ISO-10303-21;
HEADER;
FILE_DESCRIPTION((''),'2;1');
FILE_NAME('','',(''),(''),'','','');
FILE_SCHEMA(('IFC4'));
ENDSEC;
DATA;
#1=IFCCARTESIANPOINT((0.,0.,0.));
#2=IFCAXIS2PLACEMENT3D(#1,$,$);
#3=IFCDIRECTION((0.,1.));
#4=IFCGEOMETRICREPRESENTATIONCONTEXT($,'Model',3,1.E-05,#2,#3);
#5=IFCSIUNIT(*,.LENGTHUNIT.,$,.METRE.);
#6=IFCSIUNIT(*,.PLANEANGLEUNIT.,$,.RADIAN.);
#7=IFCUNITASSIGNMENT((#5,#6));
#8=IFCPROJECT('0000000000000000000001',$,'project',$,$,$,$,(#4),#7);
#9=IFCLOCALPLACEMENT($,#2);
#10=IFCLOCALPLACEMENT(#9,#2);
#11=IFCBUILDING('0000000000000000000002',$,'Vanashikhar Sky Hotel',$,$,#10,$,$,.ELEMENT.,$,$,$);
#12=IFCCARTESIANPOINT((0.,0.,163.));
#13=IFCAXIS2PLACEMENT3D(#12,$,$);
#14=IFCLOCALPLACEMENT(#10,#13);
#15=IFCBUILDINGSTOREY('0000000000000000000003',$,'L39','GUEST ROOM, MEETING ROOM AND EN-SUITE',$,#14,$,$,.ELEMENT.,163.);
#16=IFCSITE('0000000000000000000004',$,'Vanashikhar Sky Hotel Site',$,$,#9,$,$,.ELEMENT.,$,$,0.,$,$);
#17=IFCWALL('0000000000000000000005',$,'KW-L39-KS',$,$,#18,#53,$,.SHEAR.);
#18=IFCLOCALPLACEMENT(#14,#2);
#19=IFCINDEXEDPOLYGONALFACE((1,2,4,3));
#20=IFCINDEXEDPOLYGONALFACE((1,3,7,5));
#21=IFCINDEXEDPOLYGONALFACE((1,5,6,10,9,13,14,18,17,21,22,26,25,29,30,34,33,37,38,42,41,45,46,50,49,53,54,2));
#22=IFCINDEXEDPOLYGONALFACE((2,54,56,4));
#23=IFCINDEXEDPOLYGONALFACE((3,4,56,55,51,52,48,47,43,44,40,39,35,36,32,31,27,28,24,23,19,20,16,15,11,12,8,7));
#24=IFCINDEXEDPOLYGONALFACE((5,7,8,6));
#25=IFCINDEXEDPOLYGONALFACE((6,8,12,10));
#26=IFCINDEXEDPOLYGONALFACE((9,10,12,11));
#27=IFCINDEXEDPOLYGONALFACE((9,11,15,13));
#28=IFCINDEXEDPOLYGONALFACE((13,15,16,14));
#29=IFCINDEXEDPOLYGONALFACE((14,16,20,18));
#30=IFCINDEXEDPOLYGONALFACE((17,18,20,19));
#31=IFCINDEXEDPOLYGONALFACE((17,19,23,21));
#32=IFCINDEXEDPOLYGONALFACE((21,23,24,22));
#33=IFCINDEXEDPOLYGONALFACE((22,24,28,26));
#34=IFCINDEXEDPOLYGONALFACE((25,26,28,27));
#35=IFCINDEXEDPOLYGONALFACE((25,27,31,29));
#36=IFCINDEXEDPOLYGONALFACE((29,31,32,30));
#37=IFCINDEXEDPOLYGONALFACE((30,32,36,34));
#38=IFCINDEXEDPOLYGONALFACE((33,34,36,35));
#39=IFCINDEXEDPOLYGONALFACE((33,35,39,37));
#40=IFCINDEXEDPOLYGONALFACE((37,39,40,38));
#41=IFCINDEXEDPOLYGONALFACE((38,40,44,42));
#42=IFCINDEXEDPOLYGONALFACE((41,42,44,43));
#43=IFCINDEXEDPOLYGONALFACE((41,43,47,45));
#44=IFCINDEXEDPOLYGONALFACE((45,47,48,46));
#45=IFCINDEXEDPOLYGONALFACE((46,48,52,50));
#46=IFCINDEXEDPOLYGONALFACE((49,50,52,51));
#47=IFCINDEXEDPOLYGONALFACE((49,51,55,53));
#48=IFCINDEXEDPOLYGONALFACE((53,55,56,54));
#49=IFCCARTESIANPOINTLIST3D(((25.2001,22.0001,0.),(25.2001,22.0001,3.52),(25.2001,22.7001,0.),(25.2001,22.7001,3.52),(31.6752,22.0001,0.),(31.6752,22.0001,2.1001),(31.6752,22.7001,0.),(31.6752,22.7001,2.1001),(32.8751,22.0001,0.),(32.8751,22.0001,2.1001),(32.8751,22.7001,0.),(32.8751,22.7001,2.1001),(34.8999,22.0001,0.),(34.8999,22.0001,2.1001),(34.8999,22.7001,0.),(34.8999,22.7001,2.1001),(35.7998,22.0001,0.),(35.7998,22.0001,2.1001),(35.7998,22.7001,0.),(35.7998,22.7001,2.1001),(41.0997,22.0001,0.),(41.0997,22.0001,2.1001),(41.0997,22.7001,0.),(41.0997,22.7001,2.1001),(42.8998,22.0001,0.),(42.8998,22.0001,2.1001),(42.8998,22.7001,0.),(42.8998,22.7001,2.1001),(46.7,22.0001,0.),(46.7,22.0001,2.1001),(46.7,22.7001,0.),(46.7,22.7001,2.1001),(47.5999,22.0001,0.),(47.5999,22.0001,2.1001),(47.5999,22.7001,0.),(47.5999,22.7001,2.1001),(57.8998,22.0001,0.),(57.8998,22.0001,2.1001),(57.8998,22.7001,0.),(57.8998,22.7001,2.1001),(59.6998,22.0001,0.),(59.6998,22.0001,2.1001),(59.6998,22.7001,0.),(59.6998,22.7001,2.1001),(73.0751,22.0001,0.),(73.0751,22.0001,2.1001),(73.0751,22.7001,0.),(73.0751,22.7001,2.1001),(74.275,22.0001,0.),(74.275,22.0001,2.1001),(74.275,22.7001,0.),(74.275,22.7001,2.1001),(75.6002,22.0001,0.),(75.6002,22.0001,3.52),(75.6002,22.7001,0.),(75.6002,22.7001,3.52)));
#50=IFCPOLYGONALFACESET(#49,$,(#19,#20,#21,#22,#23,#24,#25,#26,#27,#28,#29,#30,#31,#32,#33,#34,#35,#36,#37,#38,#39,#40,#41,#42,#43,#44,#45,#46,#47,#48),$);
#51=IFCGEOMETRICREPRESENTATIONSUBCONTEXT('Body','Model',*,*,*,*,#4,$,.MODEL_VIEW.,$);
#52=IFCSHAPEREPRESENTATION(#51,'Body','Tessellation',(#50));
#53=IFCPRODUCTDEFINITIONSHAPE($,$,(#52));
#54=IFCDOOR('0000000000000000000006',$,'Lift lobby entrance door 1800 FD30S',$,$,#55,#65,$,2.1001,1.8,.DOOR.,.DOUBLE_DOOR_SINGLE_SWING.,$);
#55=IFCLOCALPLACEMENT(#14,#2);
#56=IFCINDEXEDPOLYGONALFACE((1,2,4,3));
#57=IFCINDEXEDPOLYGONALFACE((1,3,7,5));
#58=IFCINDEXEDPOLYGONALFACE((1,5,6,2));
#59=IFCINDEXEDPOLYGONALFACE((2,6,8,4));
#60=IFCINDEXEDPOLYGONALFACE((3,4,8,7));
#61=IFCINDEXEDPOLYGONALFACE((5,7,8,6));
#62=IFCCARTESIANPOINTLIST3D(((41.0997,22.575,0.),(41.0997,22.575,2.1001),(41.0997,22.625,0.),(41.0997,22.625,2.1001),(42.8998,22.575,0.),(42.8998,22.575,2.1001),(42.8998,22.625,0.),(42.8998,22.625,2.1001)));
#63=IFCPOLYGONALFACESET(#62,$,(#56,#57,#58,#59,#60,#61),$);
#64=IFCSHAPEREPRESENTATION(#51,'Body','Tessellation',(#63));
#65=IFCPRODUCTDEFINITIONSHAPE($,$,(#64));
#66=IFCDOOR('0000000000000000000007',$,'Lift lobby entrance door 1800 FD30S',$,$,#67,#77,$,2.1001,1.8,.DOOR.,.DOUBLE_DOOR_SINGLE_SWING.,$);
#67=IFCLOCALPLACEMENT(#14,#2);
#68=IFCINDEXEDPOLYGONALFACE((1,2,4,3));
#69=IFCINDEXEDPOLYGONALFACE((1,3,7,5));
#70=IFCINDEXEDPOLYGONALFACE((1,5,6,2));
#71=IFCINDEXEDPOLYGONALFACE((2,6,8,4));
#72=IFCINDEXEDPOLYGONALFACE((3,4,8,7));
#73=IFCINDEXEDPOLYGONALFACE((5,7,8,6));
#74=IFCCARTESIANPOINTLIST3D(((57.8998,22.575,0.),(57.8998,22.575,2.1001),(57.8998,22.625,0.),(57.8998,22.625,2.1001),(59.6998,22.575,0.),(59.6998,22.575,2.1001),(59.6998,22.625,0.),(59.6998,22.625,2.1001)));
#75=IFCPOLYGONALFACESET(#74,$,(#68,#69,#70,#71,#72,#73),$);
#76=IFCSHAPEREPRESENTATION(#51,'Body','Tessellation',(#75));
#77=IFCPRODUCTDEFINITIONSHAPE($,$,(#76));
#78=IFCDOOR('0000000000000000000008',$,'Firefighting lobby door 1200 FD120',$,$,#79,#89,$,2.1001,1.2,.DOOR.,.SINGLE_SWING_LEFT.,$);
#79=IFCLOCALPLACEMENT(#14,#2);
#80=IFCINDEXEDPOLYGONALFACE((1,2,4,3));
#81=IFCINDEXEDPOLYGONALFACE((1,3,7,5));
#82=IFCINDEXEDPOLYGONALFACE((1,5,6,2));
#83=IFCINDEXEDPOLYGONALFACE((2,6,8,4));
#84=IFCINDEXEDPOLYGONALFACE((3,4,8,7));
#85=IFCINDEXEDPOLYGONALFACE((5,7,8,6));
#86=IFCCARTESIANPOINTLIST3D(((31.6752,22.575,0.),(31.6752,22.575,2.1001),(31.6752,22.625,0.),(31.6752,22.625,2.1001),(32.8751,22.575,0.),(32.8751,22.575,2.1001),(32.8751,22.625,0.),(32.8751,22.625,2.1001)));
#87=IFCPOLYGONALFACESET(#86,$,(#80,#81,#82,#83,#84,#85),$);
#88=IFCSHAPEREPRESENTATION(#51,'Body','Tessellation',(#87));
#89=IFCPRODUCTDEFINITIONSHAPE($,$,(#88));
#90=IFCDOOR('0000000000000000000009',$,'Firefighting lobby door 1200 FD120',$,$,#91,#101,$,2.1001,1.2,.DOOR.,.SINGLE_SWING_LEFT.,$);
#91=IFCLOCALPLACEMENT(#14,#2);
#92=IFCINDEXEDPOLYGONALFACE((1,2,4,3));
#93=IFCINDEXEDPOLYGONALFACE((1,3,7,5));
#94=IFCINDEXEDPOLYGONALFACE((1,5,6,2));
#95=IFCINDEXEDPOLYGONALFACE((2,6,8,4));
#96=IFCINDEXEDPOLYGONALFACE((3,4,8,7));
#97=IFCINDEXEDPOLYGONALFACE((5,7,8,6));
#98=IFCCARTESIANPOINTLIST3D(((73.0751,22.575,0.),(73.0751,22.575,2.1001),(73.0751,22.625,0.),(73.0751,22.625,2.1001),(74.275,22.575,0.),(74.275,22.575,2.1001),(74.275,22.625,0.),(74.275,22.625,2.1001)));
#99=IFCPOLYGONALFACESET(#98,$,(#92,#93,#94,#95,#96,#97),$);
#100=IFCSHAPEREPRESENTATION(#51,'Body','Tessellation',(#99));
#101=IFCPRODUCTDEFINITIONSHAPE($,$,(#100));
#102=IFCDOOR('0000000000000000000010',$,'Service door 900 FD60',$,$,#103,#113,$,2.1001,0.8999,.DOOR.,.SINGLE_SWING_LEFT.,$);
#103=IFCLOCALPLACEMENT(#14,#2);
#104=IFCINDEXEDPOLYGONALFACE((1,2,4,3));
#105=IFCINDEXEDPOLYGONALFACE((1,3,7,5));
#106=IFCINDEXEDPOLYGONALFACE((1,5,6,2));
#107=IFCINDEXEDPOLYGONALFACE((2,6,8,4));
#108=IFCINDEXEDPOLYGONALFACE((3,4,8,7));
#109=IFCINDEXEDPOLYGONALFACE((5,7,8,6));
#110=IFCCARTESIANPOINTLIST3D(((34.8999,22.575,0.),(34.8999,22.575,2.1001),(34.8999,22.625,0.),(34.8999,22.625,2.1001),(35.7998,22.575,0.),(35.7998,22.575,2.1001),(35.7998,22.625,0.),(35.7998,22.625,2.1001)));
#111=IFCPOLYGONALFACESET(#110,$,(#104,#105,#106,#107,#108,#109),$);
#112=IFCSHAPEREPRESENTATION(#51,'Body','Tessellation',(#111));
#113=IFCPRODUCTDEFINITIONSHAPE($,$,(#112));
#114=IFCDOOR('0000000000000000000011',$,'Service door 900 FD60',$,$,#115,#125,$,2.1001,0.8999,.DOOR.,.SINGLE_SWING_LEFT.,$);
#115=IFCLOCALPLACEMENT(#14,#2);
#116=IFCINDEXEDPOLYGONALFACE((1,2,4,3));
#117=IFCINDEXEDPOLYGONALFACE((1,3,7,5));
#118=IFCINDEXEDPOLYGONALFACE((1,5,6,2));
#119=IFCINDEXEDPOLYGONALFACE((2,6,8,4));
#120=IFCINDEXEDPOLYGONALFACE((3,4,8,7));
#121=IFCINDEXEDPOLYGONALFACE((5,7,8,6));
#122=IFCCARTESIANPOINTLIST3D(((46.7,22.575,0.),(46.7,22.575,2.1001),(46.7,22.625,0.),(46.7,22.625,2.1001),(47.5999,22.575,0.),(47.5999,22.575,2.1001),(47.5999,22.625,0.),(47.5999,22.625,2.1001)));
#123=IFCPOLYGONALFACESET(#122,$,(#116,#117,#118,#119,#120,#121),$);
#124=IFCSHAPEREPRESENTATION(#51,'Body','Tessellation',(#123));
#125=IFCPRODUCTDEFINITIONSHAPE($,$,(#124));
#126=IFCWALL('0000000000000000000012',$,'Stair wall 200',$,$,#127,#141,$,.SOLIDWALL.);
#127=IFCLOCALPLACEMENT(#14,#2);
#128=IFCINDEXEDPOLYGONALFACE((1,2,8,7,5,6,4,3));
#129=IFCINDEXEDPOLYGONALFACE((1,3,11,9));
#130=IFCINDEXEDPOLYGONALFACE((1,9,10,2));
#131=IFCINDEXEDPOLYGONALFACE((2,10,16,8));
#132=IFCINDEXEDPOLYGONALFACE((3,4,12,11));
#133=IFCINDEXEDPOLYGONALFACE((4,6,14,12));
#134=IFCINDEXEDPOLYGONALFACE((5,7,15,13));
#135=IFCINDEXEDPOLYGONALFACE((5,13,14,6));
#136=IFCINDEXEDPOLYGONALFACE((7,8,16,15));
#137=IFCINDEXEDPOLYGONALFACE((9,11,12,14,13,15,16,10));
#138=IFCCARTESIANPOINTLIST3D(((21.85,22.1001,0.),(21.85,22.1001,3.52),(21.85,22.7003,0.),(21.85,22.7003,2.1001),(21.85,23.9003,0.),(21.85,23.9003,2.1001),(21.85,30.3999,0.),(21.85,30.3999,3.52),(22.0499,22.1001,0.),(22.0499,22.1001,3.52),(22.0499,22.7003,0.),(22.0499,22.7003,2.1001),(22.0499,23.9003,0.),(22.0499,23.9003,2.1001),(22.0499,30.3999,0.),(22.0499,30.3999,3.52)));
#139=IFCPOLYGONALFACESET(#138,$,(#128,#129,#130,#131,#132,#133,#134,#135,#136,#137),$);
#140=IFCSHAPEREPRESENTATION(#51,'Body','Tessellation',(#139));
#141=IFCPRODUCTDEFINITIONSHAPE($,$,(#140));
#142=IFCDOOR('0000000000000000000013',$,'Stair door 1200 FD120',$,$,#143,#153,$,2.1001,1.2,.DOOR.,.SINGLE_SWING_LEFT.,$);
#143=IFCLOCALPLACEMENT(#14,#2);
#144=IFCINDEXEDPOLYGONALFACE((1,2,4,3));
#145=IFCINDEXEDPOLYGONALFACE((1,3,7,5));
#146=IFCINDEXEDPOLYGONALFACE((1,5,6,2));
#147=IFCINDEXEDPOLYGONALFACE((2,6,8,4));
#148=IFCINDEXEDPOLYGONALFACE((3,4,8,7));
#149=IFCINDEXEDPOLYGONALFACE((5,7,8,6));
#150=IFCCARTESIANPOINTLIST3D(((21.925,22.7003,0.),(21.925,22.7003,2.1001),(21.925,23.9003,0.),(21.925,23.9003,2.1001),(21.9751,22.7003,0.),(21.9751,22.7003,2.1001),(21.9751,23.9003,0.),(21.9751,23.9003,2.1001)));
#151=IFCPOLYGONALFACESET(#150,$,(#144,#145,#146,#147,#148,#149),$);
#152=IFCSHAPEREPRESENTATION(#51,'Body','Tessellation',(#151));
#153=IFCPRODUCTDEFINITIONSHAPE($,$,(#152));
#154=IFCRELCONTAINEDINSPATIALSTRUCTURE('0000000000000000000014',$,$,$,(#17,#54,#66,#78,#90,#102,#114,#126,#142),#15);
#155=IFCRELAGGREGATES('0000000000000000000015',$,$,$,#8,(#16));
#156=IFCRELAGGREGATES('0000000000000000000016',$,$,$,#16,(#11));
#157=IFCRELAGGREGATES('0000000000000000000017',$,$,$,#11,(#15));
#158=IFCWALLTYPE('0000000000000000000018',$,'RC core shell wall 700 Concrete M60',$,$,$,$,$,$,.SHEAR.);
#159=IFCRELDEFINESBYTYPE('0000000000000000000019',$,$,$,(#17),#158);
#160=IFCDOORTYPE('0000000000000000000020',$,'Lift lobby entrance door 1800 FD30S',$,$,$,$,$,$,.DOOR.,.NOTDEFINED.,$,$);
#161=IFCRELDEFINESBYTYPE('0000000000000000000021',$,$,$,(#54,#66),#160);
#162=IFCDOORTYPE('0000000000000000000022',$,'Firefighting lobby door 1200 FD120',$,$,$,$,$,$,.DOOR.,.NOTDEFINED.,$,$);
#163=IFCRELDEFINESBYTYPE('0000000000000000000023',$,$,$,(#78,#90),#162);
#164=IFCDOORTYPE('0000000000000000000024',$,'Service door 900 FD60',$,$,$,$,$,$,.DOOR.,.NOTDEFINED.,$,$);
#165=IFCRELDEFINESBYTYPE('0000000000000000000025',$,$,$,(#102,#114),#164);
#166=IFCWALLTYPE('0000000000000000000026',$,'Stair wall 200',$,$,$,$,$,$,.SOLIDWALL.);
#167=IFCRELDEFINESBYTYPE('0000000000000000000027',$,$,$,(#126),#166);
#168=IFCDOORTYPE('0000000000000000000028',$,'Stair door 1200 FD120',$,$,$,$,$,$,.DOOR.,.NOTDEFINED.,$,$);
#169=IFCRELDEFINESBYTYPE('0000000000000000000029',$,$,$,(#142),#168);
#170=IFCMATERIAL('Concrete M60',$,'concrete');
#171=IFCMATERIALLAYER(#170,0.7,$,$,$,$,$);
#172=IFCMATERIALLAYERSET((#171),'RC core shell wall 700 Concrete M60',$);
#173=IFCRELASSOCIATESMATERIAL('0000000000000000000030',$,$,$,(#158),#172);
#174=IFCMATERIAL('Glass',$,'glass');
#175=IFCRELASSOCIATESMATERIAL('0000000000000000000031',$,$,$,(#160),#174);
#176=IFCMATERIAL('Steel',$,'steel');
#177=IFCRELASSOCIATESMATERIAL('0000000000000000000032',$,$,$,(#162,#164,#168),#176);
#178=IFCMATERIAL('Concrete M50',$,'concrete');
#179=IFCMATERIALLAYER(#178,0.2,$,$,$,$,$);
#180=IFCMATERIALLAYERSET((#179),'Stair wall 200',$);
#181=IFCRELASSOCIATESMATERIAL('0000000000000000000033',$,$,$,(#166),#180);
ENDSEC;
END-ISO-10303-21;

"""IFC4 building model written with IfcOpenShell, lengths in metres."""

from ifc_helpers import new_model, si_unit, direction, frame, frame_2d, origin, place, context, subcontext, project, spatial, rectangle, extrude, source, transform, mapped, material, layer, layer_set, type_object, element, fill, save


model = new_model("IFC4")

# Units and contexts
model_context = context("Model", 3, precision=1e-05, world=origin(), true_north=direction((0.0, 1.0)))
body_context = subcontext(model_context, "Body", "Model", "MODEL_VIEW")
ifc_project = project(units=[si_unit("LENGTHUNIT", "METRE"), si_unit("PLANEANGLEUNIT", "RADIAN")], contexts=[model_context])

# Site, building, storey
site_placement = place(None, origin())
site = spatial("IfcSite", under=ifc_project, at=site_placement, Name="Vanashikhar Sky Hotel Site", CompositionType="ELEMENT", RefElevation=0.0)
building_placement = place(site_placement, origin())
building = spatial("IfcBuilding", under=site, at=building_placement, Name="Vanashikhar Sky Hotel", CompositionType="ELEMENT")
storey_placement = place(building_placement, frame((0.0, 0.0, 163.0)))
storey = spatial("IfcBuildingStorey", under=building, at=storey_placement, Name="L39", Description="GUEST ROOM, MEETING ROOM AND EN-SUITE", CompositionType="ELEMENT", Elevation=163.0)

# Wall, openings, doors
ifc_material_1 = material(Name="Concrete M60", Category="concrete")
ifc_layer_1 = layer(ifc_material_1, 0.7)
ifc_layer_set_1 = layer_set([ifc_layer_1], Name="RC core shell wall 700 Concrete M60")
wall_type_1 = type_object("IfcWallType", Name="RC core shell wall 700 Concrete M60", PredefinedType="SHEAR", material=ifc_layer_set_1)
shared_shape_1 = source(origin(), body_context, "Body", "SweptSolid", [
    extrude(rectangle(XDim=50.4001, YDim=0.7, at=frame_2d((25.2002, 0.0))), origin(), (0.0, 0.0, 1.0), 3.52),
])
wall_1_placement = place(storey_placement, frame((25.2, 22.3501, 0.0), z_axis=(0.0, 0.0, 1.0), x_axis=(1.0, 0.0, 0.0)))
wall_1 = element("IfcWall", 1, at=wall_1_placement, inside=storey, type_object=wall_type_1, Name="KW-L39-KS", PredefinedType="SHEAR", context=body_context, shape_type="MappedRepresentation", body=[
    mapped(shared_shape_1, transform((0.0, 0.0, 0.0), scale=1.0)),
])
shared_shape_2 = source(origin(), body_context, "Body", "SweptSolid", [
    extrude(rectangle(XDim=1.8, YDim=2.1001, at=frame_2d((0.8999, 1.05))), frame((0.0, 0.3599, 0.0), z_axis=(0.0, -1.0, 0.0), x_axis=(1.0, 0.0, 0.0)), (0.0, 0.0, 1.0), 0.72),
])
opening_1_placement = place(wall_1_placement, frame((15.8999, 0.0, 0.0)))
opening_1 = element("IfcOpeningElement", 2, at=opening_1_placement, cuts=wall_1, PredefinedType="OPENING", context=body_context, shape_type="MappedRepresentation", body=[
    mapped(shared_shape_2, transform((0.0, 0.0, 0.0), scale=1.0)),
])
shared_shape_3 = source(origin(), body_context, "Body", "SweptSolid", [
    extrude(rectangle(XDim=0.8999, YDim=2.1001, at=frame_2d((0.45, 1.05))), frame((0.0, 0.3599, 0.0), z_axis=(0.0, -1.0, 0.0), x_axis=(1.0, 0.0, 0.0)), (0.0, 0.0, 1.0), 0.72),
])
opening_2_placement = place(wall_1_placement, frame((9.7, 0.0, 0.0)))
opening_2 = element("IfcOpeningElement", 3, at=opening_2_placement, cuts=wall_1, PredefinedType="OPENING", context=body_context, shape_type="MappedRepresentation", body=[
    mapped(shared_shape_3, transform((0.0, 0.0, 0.0), scale=1.0)),
])
opening_3_placement = place(wall_1_placement, frame((21.5, 0.0, 0.0)))
opening_3 = element("IfcOpeningElement", 4, at=opening_3_placement, cuts=wall_1, PredefinedType="OPENING", context=body_context, shape_type="MappedRepresentation", body=[
    mapped(shared_shape_3, transform((0.0, 0.0, 0.0), scale=1.0)),
])
opening_4_placement = place(wall_1_placement, frame((32.7, 0.0, 0.0)))
opening_4 = element("IfcOpeningElement", 5, at=opening_4_placement, cuts=wall_1, PredefinedType="OPENING", context=body_context, shape_type="MappedRepresentation", body=[
    mapped(shared_shape_2, transform((0.0, 0.0, 0.0), scale=1.0)),
])
shared_shape_4 = source(origin(), body_context, "Body", "SweptSolid", [
    extrude(rectangle(XDim=1.2, YDim=2.1001, at=frame_2d((0.6001, 1.05))), frame((0.0, 0.3599, 0.0), z_axis=(0.0, -1.0, 0.0), x_axis=(1.0, 0.0, 0.0)), (0.0, 0.0, 1.0), 0.72),
])
opening_5_placement = place(wall_1_placement, frame((6.4751, 0.0, 0.0)))
opening_5 = element("IfcOpeningElement", 6, at=opening_5_placement, cuts=wall_1, PredefinedType="OPENING", context=body_context, shape_type="MappedRepresentation", body=[
    mapped(shared_shape_4, transform((0.0, 0.0, 0.0), scale=1.0)),
])
opening_6_placement = place(wall_1_placement, frame((47.875, 0.0, 0.0)))
opening_6 = element("IfcOpeningElement", 7, at=opening_6_placement, cuts=wall_1, PredefinedType="OPENING", context=body_context, shape_type="MappedRepresentation", body=[
    mapped(shared_shape_4, transform((0.0, 0.0, 0.0), scale=1.0)),
])
ifc_material_2 = material(Name="Glass", Category="glass")
door_type_1 = type_object("IfcDoorType", Name="Lift lobby entrance door 1800 FD30S", OperationType="NOTDEFINED", PredefinedType="DOOR", material=ifc_material_2)
shared_shape_5 = source(origin(), body_context, "Body", "SweptSolid", [
    extrude(rectangle(XDim=1.8, YDim=2.1001, at=frame_2d((0.8999, 1.05))), frame((0.0, 0.2749, 0.0), z_axis=(0.0, -1.0, 0.0), x_axis=(1.0, 0.0, 0.0)), (0.0, 0.0, 1.0), 0.05),
])
door_1_placement = place(opening_1_placement, origin())
door_1 = element("IfcDoor", 8, at=door_1_placement, inside=storey, type_object=door_type_1, Name="Lift lobby entrance door 1800 FD30S", OperationType="DOUBLE_DOOR_SINGLE_SWING", OverallHeight=2.1001, OverallWidth=1.8, PredefinedType="DOOR", context=body_context, shape_type="MappedRepresentation", body=[
    mapped(shared_shape_5, transform((0.0, 0.0, 0.0), scale=1.0)),
])
fill(opening_1, door_1)
door_2_placement = place(opening_4_placement, origin())
door_2 = element("IfcDoor", 9, at=door_2_placement, inside=storey, type_object=door_type_1, Name="Lift lobby entrance door 1800 FD30S", OperationType="DOUBLE_DOOR_SINGLE_SWING", OverallHeight=2.1001, OverallWidth=1.8, PredefinedType="DOOR", context=body_context, shape_type="MappedRepresentation", body=[
    mapped(shared_shape_5, transform((0.0, 0.0, 0.0), scale=1.0)),
])
fill(opening_4, door_2)
ifc_material_3 = material(Name="Steel", Category="steel")
door_type_2 = type_object("IfcDoorType", Name="Firefighting lobby door 1200 FD120", OperationType="NOTDEFINED", PredefinedType="DOOR", material=ifc_material_3)
shared_shape_6 = source(origin(), body_context, "Body", "SweptSolid", [
    extrude(rectangle(XDim=1.2, YDim=2.1001, at=frame_2d((0.6001, 1.05))), frame((0.0, 0.2749, 0.0), z_axis=(0.0, -1.0, 0.0), x_axis=(1.0, 0.0, 0.0)), (0.0, 0.0, 1.0), 0.05),
])
door_3_placement = place(opening_5_placement, origin())
door_3 = element("IfcDoor", 10, at=door_3_placement, inside=storey, type_object=door_type_2, Name="Firefighting lobby door 1200 FD120", OperationType="SINGLE_SWING_LEFT", OverallHeight=2.1001, OverallWidth=1.2, PredefinedType="DOOR", context=body_context, shape_type="MappedRepresentation", body=[
    mapped(shared_shape_6, transform((0.0, 0.0, 0.0), scale=1.0)),
])
fill(opening_5, door_3)
door_4_placement = place(opening_6_placement, origin())
door_4 = element("IfcDoor", 11, at=door_4_placement, inside=storey, type_object=door_type_2, Name="Firefighting lobby door 1200 FD120", OperationType="SINGLE_SWING_LEFT", OverallHeight=2.1001, OverallWidth=1.2, PredefinedType="DOOR", context=body_context, shape_type="MappedRepresentation", body=[
    mapped(shared_shape_6, transform((0.0, 0.0, 0.0), scale=1.0)),
])
fill(opening_6, door_4)
door_type_3 = type_object("IfcDoorType", Name="Service door 900 FD60", OperationType="NOTDEFINED", PredefinedType="DOOR", material=ifc_material_3)
shared_shape_7 = source(origin(), body_context, "Body", "SweptSolid", [
    extrude(rectangle(XDim=0.8999, YDim=2.1001, at=frame_2d((0.45, 1.05))), frame((0.0, 0.2749, 0.0), z_axis=(0.0, -1.0, 0.0), x_axis=(1.0, 0.0, 0.0)), (0.0, 0.0, 1.0), 0.05),
])
door_5_placement = place(opening_2_placement, origin())
door_5 = element("IfcDoor", 12, at=door_5_placement, inside=storey, type_object=door_type_3, Name="Service door 900 FD60", OperationType="SINGLE_SWING_LEFT", OverallHeight=2.1001, OverallWidth=0.8999, PredefinedType="DOOR", context=body_context, shape_type="MappedRepresentation", body=[
    mapped(shared_shape_7, transform((0.0, 0.0, 0.0), scale=1.0)),
])
fill(opening_2, door_5)
door_6_placement = place(opening_3_placement, origin())
door_6 = element("IfcDoor", 13, at=door_6_placement, inside=storey, type_object=door_type_3, Name="Service door 900 FD60", OperationType="SINGLE_SWING_LEFT", OverallHeight=2.1001, OverallWidth=0.8999, PredefinedType="DOOR", context=body_context, shape_type="MappedRepresentation", body=[
    mapped(shared_shape_7, transform((0.0, 0.0, 0.0), scale=1.0)),
])
fill(opening_3, door_6)

# Wall, opening, door
ifc_material_4 = material(Name="Concrete M50", Category="concrete")
ifc_layer_2 = layer(ifc_material_4, 0.2)
ifc_layer_set_2 = layer_set([ifc_layer_2], Name="Stair wall 200")
wall_type_2 = type_object("IfcWallType", Name="Stair wall 200", PredefinedType="SOLIDWALL", material=ifc_layer_set_2)
shared_shape_8 = source(origin(), body_context, "Body", "SweptSolid", [
    extrude(rectangle(XDim=8.2998, YDim=0.2, at=frame_2d((4.1499, 0.0))), origin(), (0.0, 0.0, 1.0), 3.52),
])
wall_2_placement = place(storey_placement, frame((21.95, 22.1001, 0.0), z_axis=(0.0, 0.0, 1.0), x_axis=(0.0, 1.0, 0.0)))
wall_2 = element("IfcWall", 14, at=wall_2_placement, inside=storey, type_object=wall_type_2, Name="Stair wall 200", PredefinedType="SOLIDWALL", context=body_context, shape_type="MappedRepresentation", body=[
    mapped(shared_shape_8, transform((0.0, 0.0, 0.0), scale=1.0)),
])
shared_shape_9 = source(origin(), body_context, "Body", "SweptSolid", [
    extrude(rectangle(XDim=1.2, YDim=2.1001, at=frame_2d((0.6001, 1.05))), frame((0.0, 0.1099, 0.0), z_axis=(0.0, -1.0, 0.0), x_axis=(1.0, 0.0, 0.0)), (0.0, 0.0, 1.0), 0.22),
])
opening_7_placement = place(wall_2_placement, frame((0.6001, 0.0, 0.0)))
opening_7 = element("IfcOpeningElement", 15, at=opening_7_placement, cuts=wall_2, PredefinedType="OPENING", context=body_context, shape_type="MappedRepresentation", body=[
    mapped(shared_shape_9, transform((0.0, 0.0, 0.0), scale=1.0)),
])
door_type_4 = type_object("IfcDoorType", Name="Stair door 1200 FD120", OperationType="NOTDEFINED", PredefinedType="DOOR", material=ifc_material_3)
shared_shape_10 = source(origin(), body_context, "Body", "SweptSolid", [
    extrude(rectangle(XDim=1.2, YDim=2.1001, at=frame_2d((0.6001, 1.05))), frame((0.0, 0.0249, 0.0), z_axis=(0.0, -1.0, 0.0), x_axis=(1.0, 0.0, 0.0)), (0.0, 0.0, 1.0), 0.05),
])
door_7_placement = place(opening_7_placement, origin())
door_7 = element("IfcDoor", 16, at=door_7_placement, inside=storey, type_object=door_type_4, Name="Stair door 1200 FD120", OperationType="SINGLE_SWING_LEFT", OverallHeight=2.1001, OverallWidth=1.2, PredefinedType="DOOR", context=body_context, shape_type="MappedRepresentation", body=[
    mapped(shared_shape_10, transform((0.0, 0.0, 0.0), scale=1.0)),
])
fill(opening_7, door_7)

save(model, "model.ifc")
